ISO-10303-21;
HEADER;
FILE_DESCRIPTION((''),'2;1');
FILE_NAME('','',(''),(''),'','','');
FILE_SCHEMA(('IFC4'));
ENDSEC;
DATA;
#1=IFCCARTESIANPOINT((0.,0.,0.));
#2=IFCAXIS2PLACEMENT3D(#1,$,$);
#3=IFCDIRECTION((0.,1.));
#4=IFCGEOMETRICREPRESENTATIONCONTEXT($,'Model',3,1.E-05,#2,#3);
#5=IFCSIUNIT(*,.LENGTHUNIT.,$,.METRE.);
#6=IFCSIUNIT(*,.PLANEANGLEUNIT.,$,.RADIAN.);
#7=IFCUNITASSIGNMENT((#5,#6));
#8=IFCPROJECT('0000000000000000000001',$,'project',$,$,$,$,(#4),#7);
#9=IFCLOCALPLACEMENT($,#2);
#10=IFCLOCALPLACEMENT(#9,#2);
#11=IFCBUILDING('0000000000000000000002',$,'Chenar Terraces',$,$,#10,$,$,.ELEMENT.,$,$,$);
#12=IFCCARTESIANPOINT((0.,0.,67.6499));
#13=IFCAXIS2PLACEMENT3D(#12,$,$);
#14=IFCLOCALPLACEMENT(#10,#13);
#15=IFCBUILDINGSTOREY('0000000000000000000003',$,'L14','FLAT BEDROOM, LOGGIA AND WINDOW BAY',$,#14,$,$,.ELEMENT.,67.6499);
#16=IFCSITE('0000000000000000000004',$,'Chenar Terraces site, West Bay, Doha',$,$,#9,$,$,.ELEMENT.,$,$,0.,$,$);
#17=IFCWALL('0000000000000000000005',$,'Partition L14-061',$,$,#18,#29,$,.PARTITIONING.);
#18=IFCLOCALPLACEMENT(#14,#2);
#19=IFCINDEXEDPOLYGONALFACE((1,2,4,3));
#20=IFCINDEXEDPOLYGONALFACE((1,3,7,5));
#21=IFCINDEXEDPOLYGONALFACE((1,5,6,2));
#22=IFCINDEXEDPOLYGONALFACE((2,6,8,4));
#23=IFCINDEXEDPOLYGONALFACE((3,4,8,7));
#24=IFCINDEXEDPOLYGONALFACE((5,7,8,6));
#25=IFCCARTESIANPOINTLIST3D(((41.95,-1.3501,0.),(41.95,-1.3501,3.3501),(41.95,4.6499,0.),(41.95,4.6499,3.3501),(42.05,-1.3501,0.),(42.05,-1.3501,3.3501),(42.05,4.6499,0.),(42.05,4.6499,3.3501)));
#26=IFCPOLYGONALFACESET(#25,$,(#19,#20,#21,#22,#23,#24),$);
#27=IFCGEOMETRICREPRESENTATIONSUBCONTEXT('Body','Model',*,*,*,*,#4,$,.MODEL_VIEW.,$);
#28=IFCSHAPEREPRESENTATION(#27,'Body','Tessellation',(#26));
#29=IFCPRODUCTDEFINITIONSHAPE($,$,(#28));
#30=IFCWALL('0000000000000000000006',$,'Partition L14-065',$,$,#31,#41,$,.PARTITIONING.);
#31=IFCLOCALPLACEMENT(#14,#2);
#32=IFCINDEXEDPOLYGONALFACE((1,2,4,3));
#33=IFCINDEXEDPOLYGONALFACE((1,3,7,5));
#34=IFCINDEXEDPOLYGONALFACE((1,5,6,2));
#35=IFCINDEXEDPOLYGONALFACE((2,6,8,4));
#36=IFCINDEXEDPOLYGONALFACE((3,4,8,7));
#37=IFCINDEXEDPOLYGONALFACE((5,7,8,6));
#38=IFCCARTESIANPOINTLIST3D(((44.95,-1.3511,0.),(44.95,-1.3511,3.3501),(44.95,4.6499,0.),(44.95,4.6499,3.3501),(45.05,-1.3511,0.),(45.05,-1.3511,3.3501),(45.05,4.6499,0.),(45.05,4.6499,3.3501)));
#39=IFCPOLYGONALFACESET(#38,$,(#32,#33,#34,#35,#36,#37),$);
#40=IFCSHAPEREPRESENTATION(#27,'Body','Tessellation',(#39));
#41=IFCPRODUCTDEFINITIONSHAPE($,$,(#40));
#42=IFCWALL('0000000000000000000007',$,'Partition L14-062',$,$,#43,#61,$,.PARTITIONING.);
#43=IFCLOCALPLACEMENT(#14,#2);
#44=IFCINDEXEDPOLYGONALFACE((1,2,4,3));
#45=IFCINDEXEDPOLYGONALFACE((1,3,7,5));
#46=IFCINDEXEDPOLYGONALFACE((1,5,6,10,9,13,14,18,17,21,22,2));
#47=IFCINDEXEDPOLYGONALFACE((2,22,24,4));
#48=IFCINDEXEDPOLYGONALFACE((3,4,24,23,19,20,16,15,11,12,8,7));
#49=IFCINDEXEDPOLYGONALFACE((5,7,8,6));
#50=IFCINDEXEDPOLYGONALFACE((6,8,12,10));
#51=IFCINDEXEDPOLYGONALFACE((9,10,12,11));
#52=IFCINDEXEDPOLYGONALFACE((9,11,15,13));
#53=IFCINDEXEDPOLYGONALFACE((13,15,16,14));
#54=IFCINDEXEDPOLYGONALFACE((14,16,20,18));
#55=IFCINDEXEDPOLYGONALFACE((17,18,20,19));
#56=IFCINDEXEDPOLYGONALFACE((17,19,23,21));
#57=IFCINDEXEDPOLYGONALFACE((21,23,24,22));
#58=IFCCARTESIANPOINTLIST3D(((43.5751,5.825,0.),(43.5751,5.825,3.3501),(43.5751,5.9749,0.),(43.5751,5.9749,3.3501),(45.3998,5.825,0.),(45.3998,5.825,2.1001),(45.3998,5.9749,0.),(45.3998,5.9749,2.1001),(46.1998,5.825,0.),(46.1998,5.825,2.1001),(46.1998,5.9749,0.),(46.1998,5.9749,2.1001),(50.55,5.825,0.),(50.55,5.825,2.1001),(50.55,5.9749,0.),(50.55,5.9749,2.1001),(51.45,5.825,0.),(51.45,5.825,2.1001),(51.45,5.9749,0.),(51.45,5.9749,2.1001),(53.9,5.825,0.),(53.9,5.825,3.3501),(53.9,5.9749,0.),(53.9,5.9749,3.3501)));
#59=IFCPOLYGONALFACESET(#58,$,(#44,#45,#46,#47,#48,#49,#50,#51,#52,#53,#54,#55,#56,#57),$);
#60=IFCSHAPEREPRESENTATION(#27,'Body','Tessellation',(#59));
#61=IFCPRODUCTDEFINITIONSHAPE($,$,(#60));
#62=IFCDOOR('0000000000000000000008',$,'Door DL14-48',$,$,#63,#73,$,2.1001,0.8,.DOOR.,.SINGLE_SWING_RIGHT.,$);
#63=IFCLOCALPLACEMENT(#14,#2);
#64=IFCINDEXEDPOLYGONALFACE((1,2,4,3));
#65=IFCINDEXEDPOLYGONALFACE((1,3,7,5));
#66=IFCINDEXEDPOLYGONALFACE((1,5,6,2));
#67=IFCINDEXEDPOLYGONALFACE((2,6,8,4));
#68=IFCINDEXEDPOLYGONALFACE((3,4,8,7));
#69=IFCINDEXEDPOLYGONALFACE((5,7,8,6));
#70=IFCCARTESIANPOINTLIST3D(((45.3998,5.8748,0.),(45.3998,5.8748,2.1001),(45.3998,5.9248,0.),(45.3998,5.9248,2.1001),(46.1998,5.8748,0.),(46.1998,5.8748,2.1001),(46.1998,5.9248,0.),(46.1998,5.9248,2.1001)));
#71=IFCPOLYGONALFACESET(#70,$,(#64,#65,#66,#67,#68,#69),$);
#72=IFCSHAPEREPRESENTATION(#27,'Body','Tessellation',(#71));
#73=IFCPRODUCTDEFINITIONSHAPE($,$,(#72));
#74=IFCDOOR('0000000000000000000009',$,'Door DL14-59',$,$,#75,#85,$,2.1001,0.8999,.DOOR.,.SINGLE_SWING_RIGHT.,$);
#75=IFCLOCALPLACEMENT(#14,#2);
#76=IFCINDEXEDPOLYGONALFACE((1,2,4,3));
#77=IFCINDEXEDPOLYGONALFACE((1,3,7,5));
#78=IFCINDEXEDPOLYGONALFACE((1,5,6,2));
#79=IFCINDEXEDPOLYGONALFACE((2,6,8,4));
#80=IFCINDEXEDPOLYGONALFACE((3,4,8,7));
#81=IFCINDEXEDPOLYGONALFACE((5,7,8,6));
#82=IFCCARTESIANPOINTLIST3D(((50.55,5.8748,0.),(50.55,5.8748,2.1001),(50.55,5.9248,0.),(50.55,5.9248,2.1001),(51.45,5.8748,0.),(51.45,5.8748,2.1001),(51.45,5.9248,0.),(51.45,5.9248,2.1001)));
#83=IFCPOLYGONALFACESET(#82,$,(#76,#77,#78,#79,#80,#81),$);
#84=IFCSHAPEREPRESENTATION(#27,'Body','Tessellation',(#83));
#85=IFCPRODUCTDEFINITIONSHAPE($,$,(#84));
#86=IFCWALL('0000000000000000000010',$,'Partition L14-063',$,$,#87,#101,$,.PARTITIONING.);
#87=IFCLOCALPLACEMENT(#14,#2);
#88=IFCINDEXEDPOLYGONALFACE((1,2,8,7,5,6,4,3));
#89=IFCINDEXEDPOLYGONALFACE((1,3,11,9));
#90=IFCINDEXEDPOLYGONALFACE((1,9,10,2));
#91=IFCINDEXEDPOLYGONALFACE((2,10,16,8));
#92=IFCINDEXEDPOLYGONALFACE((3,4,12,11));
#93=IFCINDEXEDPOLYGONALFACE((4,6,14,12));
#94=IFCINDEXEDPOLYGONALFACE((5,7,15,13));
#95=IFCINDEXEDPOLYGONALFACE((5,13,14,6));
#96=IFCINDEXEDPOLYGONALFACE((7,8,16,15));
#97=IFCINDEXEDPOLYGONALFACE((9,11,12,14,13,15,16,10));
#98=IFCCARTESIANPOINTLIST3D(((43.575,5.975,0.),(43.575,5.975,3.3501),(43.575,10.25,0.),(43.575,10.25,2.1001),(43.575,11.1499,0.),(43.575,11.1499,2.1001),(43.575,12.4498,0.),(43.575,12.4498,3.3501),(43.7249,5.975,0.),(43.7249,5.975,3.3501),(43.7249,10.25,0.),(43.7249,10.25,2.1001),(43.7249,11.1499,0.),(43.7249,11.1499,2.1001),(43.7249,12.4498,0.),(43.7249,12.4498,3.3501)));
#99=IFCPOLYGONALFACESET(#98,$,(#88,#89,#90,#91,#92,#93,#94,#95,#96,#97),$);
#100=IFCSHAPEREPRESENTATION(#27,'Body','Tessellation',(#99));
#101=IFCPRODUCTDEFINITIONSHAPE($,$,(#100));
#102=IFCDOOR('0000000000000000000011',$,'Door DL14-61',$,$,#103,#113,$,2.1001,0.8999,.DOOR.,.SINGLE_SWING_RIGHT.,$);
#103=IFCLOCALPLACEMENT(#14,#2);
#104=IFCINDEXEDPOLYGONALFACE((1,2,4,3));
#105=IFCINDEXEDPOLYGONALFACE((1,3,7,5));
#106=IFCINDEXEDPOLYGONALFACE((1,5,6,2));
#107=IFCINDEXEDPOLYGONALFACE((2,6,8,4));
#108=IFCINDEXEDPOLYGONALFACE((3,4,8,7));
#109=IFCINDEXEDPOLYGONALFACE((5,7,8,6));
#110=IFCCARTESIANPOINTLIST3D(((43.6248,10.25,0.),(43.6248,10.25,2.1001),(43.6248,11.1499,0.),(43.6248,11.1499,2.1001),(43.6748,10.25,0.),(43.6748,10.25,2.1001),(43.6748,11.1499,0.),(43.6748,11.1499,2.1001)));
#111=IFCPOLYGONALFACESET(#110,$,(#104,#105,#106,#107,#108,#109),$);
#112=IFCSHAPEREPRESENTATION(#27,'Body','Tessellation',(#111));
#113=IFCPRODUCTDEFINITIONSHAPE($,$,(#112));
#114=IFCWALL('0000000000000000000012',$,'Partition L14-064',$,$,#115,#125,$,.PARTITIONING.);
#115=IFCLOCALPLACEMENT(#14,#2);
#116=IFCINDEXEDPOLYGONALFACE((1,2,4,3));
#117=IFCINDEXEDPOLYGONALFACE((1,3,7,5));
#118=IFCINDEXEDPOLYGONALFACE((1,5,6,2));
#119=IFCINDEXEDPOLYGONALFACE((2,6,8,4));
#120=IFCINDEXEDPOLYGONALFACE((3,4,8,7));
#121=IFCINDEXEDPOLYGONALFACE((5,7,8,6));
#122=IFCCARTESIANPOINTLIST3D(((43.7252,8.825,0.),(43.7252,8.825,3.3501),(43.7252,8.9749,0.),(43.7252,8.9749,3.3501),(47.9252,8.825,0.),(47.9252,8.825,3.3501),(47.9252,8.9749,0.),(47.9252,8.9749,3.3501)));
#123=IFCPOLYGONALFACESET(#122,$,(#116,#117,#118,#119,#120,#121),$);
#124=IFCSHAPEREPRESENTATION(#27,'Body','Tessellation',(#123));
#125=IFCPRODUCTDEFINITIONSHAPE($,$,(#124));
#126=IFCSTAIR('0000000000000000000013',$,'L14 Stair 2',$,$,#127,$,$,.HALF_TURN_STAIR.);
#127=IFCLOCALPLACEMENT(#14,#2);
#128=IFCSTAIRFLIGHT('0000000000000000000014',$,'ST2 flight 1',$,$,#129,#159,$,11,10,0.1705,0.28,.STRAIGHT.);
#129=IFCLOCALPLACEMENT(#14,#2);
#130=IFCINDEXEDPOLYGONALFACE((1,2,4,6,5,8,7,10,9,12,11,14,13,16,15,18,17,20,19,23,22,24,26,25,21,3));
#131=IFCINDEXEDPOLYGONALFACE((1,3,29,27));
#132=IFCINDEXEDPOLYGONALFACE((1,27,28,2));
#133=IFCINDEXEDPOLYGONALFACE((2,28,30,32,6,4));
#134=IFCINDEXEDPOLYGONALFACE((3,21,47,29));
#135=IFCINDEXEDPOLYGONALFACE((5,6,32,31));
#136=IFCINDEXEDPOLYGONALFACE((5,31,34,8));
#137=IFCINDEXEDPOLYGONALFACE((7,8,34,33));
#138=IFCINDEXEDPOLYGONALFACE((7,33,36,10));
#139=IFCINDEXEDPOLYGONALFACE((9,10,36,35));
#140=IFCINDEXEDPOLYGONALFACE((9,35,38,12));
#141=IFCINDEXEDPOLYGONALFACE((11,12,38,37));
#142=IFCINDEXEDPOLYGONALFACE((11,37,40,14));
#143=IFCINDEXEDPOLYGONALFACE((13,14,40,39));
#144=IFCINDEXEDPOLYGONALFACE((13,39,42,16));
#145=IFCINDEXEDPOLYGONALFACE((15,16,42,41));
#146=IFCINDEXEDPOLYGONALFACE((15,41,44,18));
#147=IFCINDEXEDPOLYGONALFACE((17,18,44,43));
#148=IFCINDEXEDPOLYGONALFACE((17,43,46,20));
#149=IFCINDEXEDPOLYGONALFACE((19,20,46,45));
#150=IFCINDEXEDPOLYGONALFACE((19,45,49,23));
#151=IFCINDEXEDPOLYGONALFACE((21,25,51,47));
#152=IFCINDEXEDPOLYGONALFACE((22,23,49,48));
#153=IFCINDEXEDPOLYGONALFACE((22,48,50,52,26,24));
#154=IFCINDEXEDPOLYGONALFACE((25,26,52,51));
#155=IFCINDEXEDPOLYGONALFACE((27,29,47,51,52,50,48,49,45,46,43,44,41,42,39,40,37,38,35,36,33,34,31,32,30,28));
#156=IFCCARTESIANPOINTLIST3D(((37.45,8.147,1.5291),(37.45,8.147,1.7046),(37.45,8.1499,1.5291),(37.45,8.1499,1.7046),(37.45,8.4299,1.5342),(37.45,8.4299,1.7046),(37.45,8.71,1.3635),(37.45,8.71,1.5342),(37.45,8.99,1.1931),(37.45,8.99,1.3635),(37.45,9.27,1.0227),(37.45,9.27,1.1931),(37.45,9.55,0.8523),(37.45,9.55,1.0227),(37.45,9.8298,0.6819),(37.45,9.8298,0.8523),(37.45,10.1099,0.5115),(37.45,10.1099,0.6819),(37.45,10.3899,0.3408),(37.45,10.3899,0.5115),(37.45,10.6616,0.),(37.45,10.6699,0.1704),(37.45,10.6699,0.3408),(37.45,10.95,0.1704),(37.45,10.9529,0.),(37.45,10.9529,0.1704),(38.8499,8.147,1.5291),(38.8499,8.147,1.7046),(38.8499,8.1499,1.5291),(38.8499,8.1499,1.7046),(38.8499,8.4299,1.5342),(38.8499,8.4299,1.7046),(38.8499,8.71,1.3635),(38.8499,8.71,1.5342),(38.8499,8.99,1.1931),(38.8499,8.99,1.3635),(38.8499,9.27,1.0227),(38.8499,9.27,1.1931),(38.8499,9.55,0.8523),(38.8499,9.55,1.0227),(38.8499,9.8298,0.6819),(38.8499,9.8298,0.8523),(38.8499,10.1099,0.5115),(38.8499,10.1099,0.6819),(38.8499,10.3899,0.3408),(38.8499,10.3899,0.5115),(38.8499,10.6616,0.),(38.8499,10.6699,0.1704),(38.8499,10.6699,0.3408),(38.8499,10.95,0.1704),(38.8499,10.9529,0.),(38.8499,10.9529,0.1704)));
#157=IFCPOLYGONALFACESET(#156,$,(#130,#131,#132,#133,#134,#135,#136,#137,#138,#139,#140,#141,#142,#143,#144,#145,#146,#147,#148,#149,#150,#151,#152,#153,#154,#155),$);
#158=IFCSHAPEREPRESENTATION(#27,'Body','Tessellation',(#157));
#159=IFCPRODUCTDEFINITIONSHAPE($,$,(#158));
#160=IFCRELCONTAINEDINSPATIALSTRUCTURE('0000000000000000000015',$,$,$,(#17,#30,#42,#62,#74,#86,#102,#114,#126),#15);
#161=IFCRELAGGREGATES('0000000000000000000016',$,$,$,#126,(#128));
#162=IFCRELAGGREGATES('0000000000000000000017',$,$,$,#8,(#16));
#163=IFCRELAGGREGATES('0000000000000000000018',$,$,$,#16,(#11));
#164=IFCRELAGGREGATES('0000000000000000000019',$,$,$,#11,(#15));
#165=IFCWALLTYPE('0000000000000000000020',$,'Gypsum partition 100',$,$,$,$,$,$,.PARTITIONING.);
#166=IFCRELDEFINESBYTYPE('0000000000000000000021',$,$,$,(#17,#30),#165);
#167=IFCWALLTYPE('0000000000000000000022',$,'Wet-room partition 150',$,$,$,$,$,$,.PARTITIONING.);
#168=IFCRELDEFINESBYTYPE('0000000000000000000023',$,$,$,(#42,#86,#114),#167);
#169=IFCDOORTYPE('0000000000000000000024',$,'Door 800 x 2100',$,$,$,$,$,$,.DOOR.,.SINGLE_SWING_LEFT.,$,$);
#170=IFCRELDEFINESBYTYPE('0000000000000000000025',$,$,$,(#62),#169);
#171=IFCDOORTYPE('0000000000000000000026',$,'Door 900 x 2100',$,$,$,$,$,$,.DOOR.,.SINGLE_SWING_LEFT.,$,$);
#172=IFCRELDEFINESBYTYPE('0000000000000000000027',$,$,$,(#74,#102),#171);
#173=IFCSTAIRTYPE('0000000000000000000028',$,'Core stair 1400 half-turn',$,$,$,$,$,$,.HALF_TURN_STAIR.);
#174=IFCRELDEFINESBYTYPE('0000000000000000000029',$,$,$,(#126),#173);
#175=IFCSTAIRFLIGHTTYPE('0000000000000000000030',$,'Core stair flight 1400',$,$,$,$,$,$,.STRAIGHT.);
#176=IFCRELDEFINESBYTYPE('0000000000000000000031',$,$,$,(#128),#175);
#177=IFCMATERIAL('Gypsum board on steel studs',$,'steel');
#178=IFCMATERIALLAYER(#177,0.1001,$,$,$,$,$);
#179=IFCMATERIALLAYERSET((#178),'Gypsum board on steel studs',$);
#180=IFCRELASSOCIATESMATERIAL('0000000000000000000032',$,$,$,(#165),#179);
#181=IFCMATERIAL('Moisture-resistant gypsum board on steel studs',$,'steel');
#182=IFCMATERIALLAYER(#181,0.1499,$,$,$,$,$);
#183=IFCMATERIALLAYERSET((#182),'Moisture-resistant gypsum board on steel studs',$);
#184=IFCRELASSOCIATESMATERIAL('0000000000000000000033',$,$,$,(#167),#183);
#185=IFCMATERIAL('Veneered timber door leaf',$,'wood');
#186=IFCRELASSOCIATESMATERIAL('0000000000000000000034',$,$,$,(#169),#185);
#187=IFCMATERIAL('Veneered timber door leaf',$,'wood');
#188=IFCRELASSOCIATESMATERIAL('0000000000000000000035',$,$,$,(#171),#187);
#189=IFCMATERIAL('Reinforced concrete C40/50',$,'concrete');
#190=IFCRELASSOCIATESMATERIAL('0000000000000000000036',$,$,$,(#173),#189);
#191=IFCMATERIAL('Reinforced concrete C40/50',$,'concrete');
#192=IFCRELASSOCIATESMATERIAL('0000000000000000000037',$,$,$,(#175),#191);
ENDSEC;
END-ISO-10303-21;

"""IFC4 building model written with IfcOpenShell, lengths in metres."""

from ifc_helpers import new_model, si_unit, direction, frame, frame_2d, origin, place, context, subcontext, project, spatial, polyline, rectangle, outline, extrude, material, layer, layer_set, type_object, element, fill, aggregate, save


model = new_model("IFC4")

# Units and contexts
model_context = context("Model", 3, precision=1e-05, world=origin(), true_north=direction((0.0, 1.0)))
body_context = subcontext(model_context, "Body", "Model", "MODEL_VIEW")
ifc_project = project(units=[si_unit("LENGTHUNIT", "METRE"), si_unit("PLANEANGLEUNIT", "RADIAN")], contexts=[model_context])

# Site, building, storey
site_placement = place(None, origin())
site = spatial("IfcSite", under=ifc_project, at=site_placement, Name="Chenar Terraces site, West Bay, Doha", CompositionType="ELEMENT", RefElevation=0.0)
building_placement = place(site_placement, origin())
building = spatial("IfcBuilding", under=site, at=building_placement, Name="Chenar Terraces", CompositionType="ELEMENT")
storey_placement = place(building_placement, frame((0.0, 0.0, 67.6499)))
storey = spatial("IfcBuildingStorey", under=building, at=storey_placement, Name="L14", Description="FLAT BEDROOM, LOGGIA AND WINDOW BAY", CompositionType="ELEMENT", Elevation=67.6499)

# Walls
ifc_material_1 = material(Name="Gypsum board on steel studs", Category="steel")
ifc_layer_1 = layer(ifc_material_1, 0.1001)
ifc_layer_set_1 = layer_set([ifc_layer_1], Name="Gypsum board on steel studs")
wall_type_1 = type_object("IfcWallType", Name="Gypsum partition 100", PredefinedType="PARTITIONING", material=ifc_layer_set_1)
wall_1_placement = place(storey_placement, frame((42.0, -1.3501, 0.0), z_axis=(0.0, 0.0, 1.0), x_axis=(0.0, 1.0, 0.0)))
element("IfcWall", 1, at=wall_1_placement, inside=storey, type_object=wall_type_1, Name="Partition L14-061", PredefinedType="PARTITIONING", context=body_context, shape_type="SweptSolid", body=[
    extrude(rectangle(XDim=6.0, YDim=0.1001, at=frame_2d((3.0, 0.0))), origin(), (0.0, 0.0, 1.0), 3.3501),
])
wall_2_placement = place(storey_placement, frame((45.0, -1.3511, 0.0), z_axis=(0.0, 0.0, 1.0), x_axis=(0.0, 1.0, 0.0)))
element("IfcWall", 2, at=wall_2_placement, inside=storey, type_object=wall_type_1, Name="Partition L14-065", PredefinedType="PARTITIONING", context=body_context, shape_type="SweptSolid", body=[
    extrude(rectangle(XDim=6.001, YDim=0.1001, at=frame_2d((3.0005, 0.0))), origin(), (0.0, 0.0, 1.0), 3.3501),
])

# Wall, openings, doors
ifc_material_2 = material(Name="Moisture-resistant gypsum board on steel studs", Category="steel")
ifc_layer_2 = layer(ifc_material_2, 0.1499)
ifc_layer_set_2 = layer_set([ifc_layer_2], Name="Moisture-resistant gypsum board on steel studs")
wall_type_2 = type_object("IfcWallType", Name="Wet-room partition 150", PredefinedType="PARTITIONING", material=ifc_layer_set_2)
wall_3_placement = place(storey_placement, frame((43.575, 5.8999, 0.0), z_axis=(0.0, 0.0, 1.0), x_axis=(1.0, 0.0, 0.0)))
wall_3 = element("IfcWall", 3, at=wall_3_placement, inside=storey, type_object=wall_type_2, Name="Partition L14-062", PredefinedType="PARTITIONING", context=body_context, shape_type="SweptSolid", body=[
    extrude(rectangle(XDim=10.325, YDim=0.1499, at=frame_2d((5.1626, 0.0))), origin(), (0.0, 0.0, 1.0), 3.3501),
])
opening_1_placement = place(wall_3_placement, frame((1.825, 0.0, 0.0)))
opening_1 = element("IfcOpeningElement", 4, at=opening_1_placement, cuts=wall_3, PredefinedType="OPENING", context=body_context, shape_type="SweptSolid", body=[
    extrude(rectangle(XDim=0.8, YDim=2.1001, at=frame_2d((0.3999, 1.05))), frame((0.0, 0.085, 0.0), z_axis=(0.0, -1.0, 0.0), x_axis=(1.0, 0.0, 0.0)), (0.0, 0.0, 1.0), 0.1699),
])
opening_2_placement = place(wall_3_placement, frame((6.9751, 0.0, 0.0)))
opening_2 = element("IfcOpeningElement", 5, at=opening_2_placement, cuts=wall_3, PredefinedType="OPENING", context=body_context, shape_type="SweptSolid", body=[
    extrude(rectangle(XDim=0.8999, YDim=2.1001, at=frame_2d((0.45, 1.05))), frame((0.0, 0.085, 0.0), z_axis=(0.0, -1.0, 0.0), x_axis=(1.0, 0.0, 0.0)), (0.0, 0.0, 1.0), 0.1699),
])
ifc_material_3 = material(Name="Veneered timber door leaf", Category="wood")
door_type_1 = type_object("IfcDoorType", Name="Door 800 x 2100", OperationType="SINGLE_SWING_LEFT", PredefinedType="DOOR", material=ifc_material_3)
door_1_placement = place(opening_1_placement, origin())
door_1 = element("IfcDoor", 6, at=door_1_placement, inside=storey, type_object=door_type_1, Name="Door DL14-48", OperationType="SINGLE_SWING_RIGHT", OverallHeight=2.1001, OverallWidth=0.8, PredefinedType="DOOR", context=body_context, shape_type="SweptSolid", body=[
    extrude(rectangle(XDim=0.8, YDim=2.1001, at=frame_2d((0.3999, 1.05))), frame((0.0, 0.0249, 0.0), z_axis=(0.0, -1.0, 0.0), x_axis=(1.0, 0.0, 0.0)), (0.0, 0.0, 1.0), 0.05),
])
fill(opening_1, door_1)
ifc_material_4 = material(Name="Veneered timber door leaf", Category="wood")
door_type_2 = type_object("IfcDoorType", Name="Door 900 x 2100", OperationType="SINGLE_SWING_LEFT", PredefinedType="DOOR", material=ifc_material_4)
door_2_placement = place(opening_2_placement, origin())
door_2 = element("IfcDoor", 7, at=door_2_placement, inside=storey, type_object=door_type_2, Name="Door DL14-59", OperationType="SINGLE_SWING_RIGHT", OverallHeight=2.1001, OverallWidth=0.8999, PredefinedType="DOOR", context=body_context, shape_type="SweptSolid", body=[
    extrude(rectangle(XDim=0.8999, YDim=2.1001, at=frame_2d((0.45, 1.05))), frame((0.0, 0.0249, 0.0), z_axis=(0.0, -1.0, 0.0), x_axis=(1.0, 0.0, 0.0)), (0.0, 0.0, 1.0), 0.05),
])
fill(opening_2, door_2)

# Wall, opening, door
wall_4_placement = place(storey_placement, frame((43.6499, 5.9751, 0.0), z_axis=(0.0, 0.0, 1.0), x_axis=(0.0, 1.0, 0.0)))
wall_4 = element("IfcWall", 8, at=wall_4_placement, inside=storey, type_object=wall_type_2, Name="Partition L14-063", PredefinedType="PARTITIONING", context=body_context, shape_type="SweptSolid", body=[
    extrude(rectangle(XDim=6.4749, YDim=0.1499, at=frame_2d((3.2373, 0.0))), origin(), (0.0, 0.0, 1.0), 3.3501),
])
opening_3_placement = place(wall_4_placement, frame((4.2749, 0.0, 0.0)))
opening_3 = element("IfcOpeningElement", 9, at=opening_3_placement, cuts=wall_4, PredefinedType="OPENING", context=body_context, shape_type="SweptSolid", body=[
    extrude(rectangle(XDim=0.8999, YDim=2.1001, at=frame_2d((0.45, 1.05))), frame((0.0, 0.085, 0.0), z_axis=(0.0, -1.0, 0.0), x_axis=(1.0, 0.0, 0.0)), (0.0, 0.0, 1.0), 0.1699),
])
door_3_placement = place(opening_3_placement, frame((0.8999, 0.0, 0.0), z_axis=(0.0, 0.0, 1.0), x_axis=(-1.0, 0.0, 0.0)))
door_3 = element("IfcDoor", 10, at=door_3_placement, inside=storey, type_object=door_type_2, Name="Door DL14-61", OperationType="SINGLE_SWING_RIGHT", OverallHeight=2.1001, OverallWidth=0.8999, PredefinedType="DOOR", context=body_context, shape_type="SweptSolid", body=[
    extrude(rectangle(XDim=0.8999, YDim=2.1001, at=frame_2d((0.45, 1.05))), frame((0.0, 0.0249, 0.0), z_axis=(0.0, -1.0, 0.0), x_axis=(1.0, 0.0, 0.0)), (0.0, 0.0, 1.0), 0.05),
])
fill(opening_3, door_3)

# Wall
wall_5_placement = place(storey_placement, frame((43.7251, 8.8999, 0.0), z_axis=(0.0, 0.0, 1.0), x_axis=(1.0, 0.0, 0.0)))
element("IfcWall", 11, at=wall_5_placement, inside=storey, type_object=wall_type_2, Name="Partition L14-064", PredefinedType="PARTITIONING", context=body_context, shape_type="SweptSolid", body=[
    extrude(rectangle(XDim=4.2, YDim=0.1499, at=frame_2d((2.1001, 0.0))), origin(), (0.0, 0.0, 1.0), 3.3501),
])

# Stair, stair flight
ifc_material_5 = material(Name="Reinforced concrete C40/50", Category="concrete")
stair_type = type_object("IfcStairType", Name="Core stair 1400 half-turn", PredefinedType="HALF_TURN_STAIR", material=ifc_material_5)
stair_placement = place(storey_placement, origin())
stair = element("IfcStair", 12, at=stair_placement, inside=storey, type_object=stair_type, Name="L14 Stair 2", PredefinedType="HALF_TURN_STAIR")
ifc_material_6 = material(Name="Reinforced concrete C40/50", Category="concrete")
stair_flight_type = type_object("IfcStairFlightType", Name="Core stair flight 1400", PredefinedType="STRAIGHT", material=ifc_material_6)
stair_flight_1_placement = place(storey_placement, frame((38.1499, 10.95, 0.0), z_axis=(0.0, 0.0, 1.0), x_axis=(0.0, -1.0, 0.0)))
stair_flight_1 = element("IfcStairFlight", 13, at=stair_flight_1_placement, type_object=stair_flight_type, Name="ST2 flight 1", NumberOfRisers=11, NumberOfTreads=10, PredefinedType="STRAIGHT", RiserHeight=0.1705, TreadLength=0.28, context=body_context, shape_type="SweptSolid", body=[
    extrude(outline(polyline([(-0.0029, 0.0), (-0.0029, 0.1704), (0.0, 0.1704), (0.28, 0.1704), (0.28, 0.3408), (0.5601, 0.3408), (0.5601, 0.5115), (0.8401, 0.5115), (0.8401, 0.6819), (1.1201, 0.6819), (1.1201, 0.8523), (1.3999, 0.8523), (1.3999, 1.0227), (1.6799, 1.0227), (1.6799, 1.1931), (1.96, 1.1931), (1.96, 1.3635), (2.24, 1.3635), (2.24, 1.5342), (2.52, 1.5342), (2.52, 1.7046), (2.8, 1.7046), (2.803, 1.7046), (2.803, 1.5291), (2.8, 1.5291), (0.2883, 0.0), (-0.0029, 0.0)])), frame((0.0, 0.7, 0.0), z_axis=(0.0, -1.0, 0.0), x_axis=(1.0, 0.0, 0.0)), (0.0, 0.0, 1.0), 1.3999),
])
aggregate(stair, [stair_flight_1])

save(model, "model.ifc")
